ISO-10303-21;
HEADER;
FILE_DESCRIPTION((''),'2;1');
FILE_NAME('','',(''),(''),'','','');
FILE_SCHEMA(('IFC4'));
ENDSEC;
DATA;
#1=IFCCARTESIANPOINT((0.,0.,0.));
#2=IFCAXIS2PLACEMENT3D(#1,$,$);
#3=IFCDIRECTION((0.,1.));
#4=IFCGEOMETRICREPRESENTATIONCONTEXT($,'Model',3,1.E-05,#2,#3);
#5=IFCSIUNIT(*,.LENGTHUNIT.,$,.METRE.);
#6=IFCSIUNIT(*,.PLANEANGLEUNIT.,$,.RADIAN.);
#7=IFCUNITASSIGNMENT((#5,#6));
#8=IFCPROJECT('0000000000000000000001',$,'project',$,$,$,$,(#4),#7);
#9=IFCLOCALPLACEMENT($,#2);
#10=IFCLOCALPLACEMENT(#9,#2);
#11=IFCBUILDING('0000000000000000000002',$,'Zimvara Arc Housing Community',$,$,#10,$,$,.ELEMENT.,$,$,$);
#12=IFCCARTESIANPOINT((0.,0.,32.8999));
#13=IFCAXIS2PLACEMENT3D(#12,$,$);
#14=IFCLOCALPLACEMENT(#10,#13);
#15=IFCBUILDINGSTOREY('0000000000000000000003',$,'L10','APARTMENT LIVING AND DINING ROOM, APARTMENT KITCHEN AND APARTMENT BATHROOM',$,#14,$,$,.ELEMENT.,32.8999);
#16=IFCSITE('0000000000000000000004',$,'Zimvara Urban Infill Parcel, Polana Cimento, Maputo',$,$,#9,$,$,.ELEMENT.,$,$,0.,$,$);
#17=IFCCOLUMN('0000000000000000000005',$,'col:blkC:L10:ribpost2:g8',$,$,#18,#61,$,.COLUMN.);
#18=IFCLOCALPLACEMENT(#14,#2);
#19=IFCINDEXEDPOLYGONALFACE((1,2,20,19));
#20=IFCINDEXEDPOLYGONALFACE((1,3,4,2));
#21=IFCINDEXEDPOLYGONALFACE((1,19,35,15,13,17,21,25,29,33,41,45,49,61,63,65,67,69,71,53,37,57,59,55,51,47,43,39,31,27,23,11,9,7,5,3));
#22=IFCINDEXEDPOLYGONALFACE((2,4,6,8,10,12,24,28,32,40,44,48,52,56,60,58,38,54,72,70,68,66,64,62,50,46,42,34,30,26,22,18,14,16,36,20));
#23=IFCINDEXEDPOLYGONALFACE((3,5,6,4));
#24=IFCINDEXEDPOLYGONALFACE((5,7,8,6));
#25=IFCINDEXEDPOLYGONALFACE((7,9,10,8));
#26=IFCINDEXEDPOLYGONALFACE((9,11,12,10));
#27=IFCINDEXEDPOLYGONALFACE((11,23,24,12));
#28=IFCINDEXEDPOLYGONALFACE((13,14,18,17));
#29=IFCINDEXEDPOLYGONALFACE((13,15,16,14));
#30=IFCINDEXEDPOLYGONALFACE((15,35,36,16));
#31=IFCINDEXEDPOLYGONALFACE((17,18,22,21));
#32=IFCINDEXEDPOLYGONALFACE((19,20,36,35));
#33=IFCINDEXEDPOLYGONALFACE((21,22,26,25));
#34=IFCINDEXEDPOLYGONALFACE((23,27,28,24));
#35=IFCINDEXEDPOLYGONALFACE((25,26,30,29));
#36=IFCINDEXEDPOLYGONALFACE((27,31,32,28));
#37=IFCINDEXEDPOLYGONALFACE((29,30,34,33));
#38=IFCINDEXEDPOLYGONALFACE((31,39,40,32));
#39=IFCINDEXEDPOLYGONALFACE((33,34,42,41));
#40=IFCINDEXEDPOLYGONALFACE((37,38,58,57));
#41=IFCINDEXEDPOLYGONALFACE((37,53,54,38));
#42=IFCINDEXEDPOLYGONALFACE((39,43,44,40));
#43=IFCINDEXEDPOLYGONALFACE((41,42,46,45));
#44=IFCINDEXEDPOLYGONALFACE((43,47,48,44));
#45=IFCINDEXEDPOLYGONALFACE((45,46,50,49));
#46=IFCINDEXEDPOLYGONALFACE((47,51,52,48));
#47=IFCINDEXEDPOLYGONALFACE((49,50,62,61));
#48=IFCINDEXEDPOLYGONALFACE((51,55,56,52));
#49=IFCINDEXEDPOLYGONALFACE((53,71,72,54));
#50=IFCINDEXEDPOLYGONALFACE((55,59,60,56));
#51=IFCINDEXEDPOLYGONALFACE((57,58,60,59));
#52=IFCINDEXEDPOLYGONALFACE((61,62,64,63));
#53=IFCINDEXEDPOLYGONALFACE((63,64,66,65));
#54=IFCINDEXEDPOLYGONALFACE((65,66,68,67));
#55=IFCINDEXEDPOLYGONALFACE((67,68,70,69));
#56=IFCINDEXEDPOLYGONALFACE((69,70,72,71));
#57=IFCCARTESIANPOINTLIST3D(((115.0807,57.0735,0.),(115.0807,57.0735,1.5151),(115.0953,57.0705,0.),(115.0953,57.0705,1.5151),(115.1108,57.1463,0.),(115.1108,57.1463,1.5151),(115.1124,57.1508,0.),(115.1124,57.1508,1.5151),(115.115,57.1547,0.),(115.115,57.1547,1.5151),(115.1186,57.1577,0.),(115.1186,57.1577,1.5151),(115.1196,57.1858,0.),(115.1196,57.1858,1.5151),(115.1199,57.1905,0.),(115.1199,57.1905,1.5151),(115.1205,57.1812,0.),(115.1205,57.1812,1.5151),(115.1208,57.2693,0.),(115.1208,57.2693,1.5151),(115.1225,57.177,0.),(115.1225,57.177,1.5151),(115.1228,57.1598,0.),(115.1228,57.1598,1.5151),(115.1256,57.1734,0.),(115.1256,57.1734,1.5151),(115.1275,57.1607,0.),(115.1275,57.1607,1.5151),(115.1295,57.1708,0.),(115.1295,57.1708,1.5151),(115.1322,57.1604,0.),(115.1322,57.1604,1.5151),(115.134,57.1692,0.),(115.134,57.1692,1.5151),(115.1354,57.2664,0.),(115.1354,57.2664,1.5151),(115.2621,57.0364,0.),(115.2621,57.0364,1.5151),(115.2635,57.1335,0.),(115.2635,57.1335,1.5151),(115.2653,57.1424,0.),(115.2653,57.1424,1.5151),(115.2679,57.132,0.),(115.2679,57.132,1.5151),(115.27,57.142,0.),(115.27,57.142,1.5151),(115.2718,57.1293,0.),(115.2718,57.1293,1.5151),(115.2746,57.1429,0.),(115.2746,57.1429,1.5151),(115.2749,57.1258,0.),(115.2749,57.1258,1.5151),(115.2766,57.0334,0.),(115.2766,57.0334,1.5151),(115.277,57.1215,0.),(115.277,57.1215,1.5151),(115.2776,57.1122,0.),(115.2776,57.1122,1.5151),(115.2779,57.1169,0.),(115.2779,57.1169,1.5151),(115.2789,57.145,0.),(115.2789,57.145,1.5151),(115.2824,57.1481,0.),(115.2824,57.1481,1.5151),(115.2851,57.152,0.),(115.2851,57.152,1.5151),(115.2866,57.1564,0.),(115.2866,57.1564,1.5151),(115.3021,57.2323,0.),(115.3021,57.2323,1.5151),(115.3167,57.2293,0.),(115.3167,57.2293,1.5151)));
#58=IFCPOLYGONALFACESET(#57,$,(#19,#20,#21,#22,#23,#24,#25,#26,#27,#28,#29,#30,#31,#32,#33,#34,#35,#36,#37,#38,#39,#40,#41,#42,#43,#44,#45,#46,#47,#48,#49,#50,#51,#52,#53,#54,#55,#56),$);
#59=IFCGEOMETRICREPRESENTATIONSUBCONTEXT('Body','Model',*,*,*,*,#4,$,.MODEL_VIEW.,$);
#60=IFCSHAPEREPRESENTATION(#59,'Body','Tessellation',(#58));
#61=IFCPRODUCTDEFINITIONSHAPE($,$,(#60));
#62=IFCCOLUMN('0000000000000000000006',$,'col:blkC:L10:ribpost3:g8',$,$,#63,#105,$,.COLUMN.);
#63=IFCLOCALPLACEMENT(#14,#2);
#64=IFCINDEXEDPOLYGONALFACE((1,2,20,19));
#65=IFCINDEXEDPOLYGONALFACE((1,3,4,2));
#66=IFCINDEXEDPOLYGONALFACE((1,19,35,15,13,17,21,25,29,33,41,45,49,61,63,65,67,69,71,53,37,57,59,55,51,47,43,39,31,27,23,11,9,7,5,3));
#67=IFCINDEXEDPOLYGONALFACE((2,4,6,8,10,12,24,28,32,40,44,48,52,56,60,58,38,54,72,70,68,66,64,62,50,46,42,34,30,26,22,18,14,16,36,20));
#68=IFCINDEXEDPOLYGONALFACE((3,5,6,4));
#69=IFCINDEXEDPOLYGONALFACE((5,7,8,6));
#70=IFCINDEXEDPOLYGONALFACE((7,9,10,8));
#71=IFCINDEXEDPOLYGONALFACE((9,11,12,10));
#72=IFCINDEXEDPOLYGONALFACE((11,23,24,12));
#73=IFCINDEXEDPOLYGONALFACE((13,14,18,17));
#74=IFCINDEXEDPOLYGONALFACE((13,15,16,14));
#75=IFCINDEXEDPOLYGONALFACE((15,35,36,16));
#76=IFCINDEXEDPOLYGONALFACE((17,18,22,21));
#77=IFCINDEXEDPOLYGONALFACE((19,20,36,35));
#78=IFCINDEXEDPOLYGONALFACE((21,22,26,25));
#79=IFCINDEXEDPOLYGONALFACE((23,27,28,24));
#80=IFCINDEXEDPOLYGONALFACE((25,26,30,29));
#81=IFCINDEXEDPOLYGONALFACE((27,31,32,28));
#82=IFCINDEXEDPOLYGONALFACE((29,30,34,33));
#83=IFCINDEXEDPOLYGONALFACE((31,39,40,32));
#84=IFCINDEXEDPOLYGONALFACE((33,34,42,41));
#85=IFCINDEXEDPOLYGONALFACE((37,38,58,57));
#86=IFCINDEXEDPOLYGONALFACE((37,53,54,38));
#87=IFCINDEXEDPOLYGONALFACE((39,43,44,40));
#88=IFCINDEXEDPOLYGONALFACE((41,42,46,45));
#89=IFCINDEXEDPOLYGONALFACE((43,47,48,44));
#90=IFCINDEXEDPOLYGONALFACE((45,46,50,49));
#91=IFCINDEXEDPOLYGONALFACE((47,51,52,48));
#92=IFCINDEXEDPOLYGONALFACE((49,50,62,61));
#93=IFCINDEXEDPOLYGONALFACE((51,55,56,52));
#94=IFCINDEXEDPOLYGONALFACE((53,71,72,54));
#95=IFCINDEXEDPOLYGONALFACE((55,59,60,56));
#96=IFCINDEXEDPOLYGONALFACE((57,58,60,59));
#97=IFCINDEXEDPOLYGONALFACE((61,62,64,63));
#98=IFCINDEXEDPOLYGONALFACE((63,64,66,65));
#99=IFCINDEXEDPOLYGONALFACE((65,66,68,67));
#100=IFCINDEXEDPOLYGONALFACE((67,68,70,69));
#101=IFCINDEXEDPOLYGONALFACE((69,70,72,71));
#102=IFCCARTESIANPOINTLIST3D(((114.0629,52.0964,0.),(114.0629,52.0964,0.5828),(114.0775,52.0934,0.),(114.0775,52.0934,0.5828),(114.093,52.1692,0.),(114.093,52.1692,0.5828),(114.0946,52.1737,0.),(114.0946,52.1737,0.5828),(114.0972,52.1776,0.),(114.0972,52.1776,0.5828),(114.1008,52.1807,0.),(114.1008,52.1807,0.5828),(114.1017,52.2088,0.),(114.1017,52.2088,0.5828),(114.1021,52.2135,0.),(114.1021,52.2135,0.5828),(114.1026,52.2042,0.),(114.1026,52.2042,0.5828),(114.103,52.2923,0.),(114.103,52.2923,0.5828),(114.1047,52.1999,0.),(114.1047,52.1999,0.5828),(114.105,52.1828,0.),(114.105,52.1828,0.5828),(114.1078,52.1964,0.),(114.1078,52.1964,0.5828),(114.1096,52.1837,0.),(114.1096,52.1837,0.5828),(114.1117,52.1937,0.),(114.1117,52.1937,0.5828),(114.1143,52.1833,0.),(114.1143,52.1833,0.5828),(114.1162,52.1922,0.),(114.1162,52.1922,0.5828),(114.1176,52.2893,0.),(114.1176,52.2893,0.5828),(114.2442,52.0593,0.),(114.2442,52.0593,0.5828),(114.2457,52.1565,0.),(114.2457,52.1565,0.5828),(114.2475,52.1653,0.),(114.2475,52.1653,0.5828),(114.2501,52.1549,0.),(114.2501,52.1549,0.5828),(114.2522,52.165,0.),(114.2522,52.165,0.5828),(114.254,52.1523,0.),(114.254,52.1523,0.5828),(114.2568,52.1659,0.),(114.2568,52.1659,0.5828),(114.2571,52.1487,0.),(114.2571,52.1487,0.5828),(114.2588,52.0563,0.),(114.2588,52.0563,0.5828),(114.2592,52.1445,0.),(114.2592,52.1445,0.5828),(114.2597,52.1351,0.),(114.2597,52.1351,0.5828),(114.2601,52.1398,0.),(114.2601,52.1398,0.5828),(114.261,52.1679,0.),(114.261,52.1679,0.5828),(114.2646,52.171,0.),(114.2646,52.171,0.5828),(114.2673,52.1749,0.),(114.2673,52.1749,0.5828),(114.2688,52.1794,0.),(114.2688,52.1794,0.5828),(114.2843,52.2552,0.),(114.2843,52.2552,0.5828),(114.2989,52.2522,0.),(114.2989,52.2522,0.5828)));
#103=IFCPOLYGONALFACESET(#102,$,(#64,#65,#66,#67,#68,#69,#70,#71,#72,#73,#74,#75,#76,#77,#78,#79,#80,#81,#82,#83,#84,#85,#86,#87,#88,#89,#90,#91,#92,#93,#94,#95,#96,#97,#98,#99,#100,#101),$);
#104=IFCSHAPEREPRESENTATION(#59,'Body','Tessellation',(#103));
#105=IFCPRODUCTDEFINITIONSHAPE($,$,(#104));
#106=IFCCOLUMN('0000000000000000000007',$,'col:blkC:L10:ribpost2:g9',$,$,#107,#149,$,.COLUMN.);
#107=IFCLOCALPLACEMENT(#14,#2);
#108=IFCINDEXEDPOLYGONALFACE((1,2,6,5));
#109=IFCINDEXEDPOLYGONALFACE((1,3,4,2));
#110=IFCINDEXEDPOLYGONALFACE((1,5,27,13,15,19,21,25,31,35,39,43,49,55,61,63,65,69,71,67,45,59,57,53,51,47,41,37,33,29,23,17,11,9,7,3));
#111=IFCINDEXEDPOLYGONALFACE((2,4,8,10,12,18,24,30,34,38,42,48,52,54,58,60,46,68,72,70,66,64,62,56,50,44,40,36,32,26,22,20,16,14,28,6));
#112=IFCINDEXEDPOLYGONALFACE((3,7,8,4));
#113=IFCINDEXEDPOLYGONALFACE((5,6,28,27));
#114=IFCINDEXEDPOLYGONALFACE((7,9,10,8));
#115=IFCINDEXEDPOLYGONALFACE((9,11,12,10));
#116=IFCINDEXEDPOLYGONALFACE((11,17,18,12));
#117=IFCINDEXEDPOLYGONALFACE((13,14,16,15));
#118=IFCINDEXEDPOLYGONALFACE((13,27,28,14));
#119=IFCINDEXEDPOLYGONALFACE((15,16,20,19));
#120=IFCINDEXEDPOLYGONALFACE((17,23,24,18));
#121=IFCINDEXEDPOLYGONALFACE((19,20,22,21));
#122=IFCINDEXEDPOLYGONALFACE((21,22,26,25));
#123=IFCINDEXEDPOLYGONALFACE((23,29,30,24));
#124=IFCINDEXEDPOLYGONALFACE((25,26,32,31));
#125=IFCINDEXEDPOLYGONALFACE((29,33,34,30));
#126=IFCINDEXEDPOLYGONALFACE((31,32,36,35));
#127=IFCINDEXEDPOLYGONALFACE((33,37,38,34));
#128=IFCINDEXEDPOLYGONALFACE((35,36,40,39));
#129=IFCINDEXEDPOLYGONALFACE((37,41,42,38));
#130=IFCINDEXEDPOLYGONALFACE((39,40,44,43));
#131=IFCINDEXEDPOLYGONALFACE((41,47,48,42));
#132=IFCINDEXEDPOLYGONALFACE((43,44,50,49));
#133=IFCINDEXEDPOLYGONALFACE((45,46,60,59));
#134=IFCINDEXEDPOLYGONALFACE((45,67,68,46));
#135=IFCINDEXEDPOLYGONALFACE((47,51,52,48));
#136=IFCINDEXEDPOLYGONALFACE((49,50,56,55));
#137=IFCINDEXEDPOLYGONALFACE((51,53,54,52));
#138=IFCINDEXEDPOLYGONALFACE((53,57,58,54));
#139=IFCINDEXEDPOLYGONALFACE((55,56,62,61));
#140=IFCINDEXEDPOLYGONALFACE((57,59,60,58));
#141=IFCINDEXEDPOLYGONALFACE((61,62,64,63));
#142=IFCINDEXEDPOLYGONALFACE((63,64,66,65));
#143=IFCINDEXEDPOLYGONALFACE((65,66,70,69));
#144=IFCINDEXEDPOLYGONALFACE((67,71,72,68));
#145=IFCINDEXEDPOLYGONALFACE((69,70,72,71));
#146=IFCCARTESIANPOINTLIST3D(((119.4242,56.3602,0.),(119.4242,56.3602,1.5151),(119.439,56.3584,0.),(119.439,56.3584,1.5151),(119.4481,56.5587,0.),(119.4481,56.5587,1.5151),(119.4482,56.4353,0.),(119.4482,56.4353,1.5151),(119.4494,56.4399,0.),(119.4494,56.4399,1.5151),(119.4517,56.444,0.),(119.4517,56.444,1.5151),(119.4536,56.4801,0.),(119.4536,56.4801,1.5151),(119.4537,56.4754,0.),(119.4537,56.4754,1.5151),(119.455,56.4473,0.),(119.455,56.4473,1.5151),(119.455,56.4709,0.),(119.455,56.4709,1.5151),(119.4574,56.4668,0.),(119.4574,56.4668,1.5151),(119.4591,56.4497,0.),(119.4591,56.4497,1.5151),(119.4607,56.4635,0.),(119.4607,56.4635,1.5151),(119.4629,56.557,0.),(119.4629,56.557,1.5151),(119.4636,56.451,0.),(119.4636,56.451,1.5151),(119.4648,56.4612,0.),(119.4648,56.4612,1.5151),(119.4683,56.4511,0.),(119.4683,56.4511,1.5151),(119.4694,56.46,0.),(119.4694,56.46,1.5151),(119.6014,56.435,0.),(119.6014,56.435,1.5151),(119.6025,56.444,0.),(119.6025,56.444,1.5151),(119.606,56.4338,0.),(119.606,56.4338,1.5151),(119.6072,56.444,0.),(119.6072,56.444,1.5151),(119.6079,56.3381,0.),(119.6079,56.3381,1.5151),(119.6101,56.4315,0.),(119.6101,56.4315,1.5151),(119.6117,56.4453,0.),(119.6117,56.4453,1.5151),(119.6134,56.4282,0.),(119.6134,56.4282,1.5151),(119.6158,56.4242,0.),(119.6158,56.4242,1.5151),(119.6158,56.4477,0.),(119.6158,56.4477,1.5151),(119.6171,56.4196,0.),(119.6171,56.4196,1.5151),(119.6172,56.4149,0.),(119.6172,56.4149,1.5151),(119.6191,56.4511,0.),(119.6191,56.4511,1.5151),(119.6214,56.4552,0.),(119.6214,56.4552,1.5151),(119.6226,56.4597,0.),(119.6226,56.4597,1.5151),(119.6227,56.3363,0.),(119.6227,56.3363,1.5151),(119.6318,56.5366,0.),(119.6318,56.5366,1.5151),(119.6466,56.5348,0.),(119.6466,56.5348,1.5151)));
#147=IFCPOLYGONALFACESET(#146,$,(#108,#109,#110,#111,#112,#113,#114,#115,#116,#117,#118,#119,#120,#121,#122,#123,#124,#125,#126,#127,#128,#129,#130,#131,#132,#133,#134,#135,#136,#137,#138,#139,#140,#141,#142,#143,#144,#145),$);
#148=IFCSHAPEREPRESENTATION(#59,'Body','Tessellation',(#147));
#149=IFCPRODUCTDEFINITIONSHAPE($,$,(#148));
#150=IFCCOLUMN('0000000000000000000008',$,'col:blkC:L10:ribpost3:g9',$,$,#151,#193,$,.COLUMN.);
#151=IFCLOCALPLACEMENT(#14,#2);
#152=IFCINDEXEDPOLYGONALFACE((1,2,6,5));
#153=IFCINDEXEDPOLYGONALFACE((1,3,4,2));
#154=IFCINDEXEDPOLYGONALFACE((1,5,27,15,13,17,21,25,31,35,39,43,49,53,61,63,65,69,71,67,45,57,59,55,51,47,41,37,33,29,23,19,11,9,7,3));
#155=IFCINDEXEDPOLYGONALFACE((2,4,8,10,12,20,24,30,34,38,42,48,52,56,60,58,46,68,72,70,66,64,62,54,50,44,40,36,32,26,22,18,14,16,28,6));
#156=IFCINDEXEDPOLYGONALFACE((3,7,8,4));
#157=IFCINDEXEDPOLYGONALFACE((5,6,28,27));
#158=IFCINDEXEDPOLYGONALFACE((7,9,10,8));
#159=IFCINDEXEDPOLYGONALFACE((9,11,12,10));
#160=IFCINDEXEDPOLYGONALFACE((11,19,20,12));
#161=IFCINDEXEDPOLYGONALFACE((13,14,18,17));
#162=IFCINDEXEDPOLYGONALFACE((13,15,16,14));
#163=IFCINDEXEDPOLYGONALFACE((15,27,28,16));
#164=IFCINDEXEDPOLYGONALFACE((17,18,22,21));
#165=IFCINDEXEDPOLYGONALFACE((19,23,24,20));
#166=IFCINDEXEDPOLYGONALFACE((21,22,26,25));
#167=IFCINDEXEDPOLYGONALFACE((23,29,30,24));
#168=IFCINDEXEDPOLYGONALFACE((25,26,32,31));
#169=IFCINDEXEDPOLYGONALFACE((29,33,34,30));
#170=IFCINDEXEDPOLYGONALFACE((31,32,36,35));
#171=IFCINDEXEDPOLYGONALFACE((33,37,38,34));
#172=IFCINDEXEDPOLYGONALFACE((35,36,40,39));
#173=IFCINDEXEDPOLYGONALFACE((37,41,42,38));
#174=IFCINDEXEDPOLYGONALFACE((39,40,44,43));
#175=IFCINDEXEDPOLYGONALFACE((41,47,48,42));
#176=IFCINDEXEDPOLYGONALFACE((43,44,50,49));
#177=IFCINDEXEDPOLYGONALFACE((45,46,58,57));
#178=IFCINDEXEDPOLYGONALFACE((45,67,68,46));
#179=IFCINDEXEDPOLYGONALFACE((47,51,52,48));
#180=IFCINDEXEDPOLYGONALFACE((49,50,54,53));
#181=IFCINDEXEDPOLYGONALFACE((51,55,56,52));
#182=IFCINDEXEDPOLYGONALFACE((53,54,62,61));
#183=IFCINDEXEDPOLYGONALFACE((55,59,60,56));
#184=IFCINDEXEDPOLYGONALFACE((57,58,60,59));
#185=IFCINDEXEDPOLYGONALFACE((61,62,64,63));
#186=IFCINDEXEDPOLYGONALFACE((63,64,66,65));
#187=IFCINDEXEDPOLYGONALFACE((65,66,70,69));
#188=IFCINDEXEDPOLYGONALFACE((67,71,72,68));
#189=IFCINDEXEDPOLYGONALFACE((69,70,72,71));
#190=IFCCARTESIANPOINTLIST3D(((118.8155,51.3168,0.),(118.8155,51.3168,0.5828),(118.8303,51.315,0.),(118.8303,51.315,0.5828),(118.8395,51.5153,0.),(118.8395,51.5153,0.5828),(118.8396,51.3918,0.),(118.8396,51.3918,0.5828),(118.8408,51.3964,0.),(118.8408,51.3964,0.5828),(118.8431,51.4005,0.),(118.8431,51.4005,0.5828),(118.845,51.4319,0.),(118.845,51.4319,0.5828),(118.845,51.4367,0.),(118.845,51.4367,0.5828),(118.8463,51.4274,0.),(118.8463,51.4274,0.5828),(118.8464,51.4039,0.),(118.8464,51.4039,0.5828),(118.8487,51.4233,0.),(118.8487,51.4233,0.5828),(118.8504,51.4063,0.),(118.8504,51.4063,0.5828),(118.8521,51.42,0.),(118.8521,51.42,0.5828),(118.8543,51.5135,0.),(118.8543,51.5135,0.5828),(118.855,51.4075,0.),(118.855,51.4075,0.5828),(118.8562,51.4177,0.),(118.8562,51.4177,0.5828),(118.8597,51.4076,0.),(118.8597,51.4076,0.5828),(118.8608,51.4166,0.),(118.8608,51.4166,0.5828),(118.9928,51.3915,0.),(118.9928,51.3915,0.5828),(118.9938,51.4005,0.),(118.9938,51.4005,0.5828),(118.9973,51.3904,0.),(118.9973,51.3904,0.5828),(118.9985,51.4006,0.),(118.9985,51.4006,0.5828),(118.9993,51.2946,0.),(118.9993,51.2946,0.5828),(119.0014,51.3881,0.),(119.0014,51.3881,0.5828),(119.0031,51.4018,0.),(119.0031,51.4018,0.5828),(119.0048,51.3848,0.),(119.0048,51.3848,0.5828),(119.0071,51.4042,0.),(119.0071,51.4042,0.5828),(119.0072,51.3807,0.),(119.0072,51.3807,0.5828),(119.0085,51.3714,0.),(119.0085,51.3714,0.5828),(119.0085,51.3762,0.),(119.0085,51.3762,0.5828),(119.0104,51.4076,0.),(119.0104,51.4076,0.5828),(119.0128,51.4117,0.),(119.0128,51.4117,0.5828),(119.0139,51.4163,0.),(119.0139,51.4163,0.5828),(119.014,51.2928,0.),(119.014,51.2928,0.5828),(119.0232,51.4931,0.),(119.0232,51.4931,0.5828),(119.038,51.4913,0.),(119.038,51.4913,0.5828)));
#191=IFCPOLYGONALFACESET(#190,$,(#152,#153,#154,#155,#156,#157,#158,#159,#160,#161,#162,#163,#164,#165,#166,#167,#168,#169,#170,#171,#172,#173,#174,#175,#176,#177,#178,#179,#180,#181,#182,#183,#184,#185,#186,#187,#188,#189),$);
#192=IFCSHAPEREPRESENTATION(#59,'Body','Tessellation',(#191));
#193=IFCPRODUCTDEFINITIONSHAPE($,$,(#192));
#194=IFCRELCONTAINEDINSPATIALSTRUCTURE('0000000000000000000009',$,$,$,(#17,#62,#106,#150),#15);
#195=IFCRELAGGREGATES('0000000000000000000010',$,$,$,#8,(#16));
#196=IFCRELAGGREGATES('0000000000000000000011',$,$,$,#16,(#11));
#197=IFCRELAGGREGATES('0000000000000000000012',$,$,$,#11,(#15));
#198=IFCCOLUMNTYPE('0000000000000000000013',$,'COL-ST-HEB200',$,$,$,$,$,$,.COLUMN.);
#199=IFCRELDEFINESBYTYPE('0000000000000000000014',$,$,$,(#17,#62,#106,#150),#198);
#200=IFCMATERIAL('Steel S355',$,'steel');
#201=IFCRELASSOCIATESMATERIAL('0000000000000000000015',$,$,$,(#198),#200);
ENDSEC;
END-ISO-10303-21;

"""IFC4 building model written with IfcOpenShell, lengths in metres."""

from ifc_helpers import new_model, si_unit, direction, frame, origin, origin_2d, place, context, subcontext, project, spatial, i_section, extrude, material, material_profile, profile_set, type_object, element, save


model = new_model("IFC4")

# Units and contexts
model_context = context("Model", 3, precision=1e-05, world=origin(), true_north=direction((0.0, 1.0)))
body_context = subcontext(model_context, "Body", "Model", "MODEL_VIEW")
ifc_project = project(units=[si_unit("LENGTHUNIT", "METRE"), si_unit("PLANEANGLEUNIT", "RADIAN")], contexts=[model_context])

# Site, building, storey
site_placement = place(None, origin())
site = spatial("IfcSite", under=ifc_project, at=site_placement, Name="Zimvara Urban Infill Parcel, Polana Cimento, Maputo", CompositionType="ELEMENT", RefElevation=0.0)
building_placement = place(site_placement, origin())
building = spatial("IfcBuilding", under=site, at=building_placement, Name="Zimvara Arc Housing Community", CompositionType="ELEMENT")
storey_placement = place(building_placement, frame((0.0, 0.0, 32.8999)))
storey = spatial("IfcBuildingStorey", under=building, at=storey_placement, Name="L10", Description="APARTMENT LIVING AND DINING ROOM, APARTMENT KITCHEN AND APARTMENT BATHROOM", CompositionType="ELEMENT", Elevation=32.8999)

# Columns
ifc_material_1 = material(Name="Steel S355", Category="steel")
ifc_material_profile_1 = material_profile(ifc_material_1, i_section(OverallWidth=0.2, OverallDepth=0.2, WebThickness=0.009, FlangeThickness=0.0149, FilletRadius=0.0181, at=origin_2d()), Name="HEB 200")
ifc_profile_set_1 = profile_set([ifc_material_profile_1], Name="Steel S355")
column_type = type_object("IfcColumnType", Name="COL-ST-HEB200", PredefinedType="COLUMN", material=ifc_profile_set_1)
column_1_placement = place(storey_placement, frame((115.1987, 57.1514, 0.0), z_axis=(0.0, 0.0, 1.0), x_axis=(-0.200394, -0.979715, 0.0)))
element("IfcColumn", 1, at=column_1_placement, inside=storey, type_object=column_type, Name="col:blkC:L10:ribpost2:g8", PredefinedType="COLUMN", context=body_context, shape_type="SweptSolid", body=[
    extrude(i_section(OverallWidth=0.2, OverallDepth=0.2, WebThickness=0.009, FlangeThickness=0.0149, FilletRadius=0.0181, at=origin_2d()), origin(), (0.0, 0.0, 1.0), 1.5151),
])
column_2_placement = place(storey_placement, frame((114.1809, 52.1743, 0.0), z_axis=(0.0, 0.0, 1.0), x_axis=(-0.200394, -0.979715, 0.0)))
element("IfcColumn", 2, at=column_2_placement, inside=storey, type_object=column_type, Name="col:blkC:L10:ribpost3:g8", PredefinedType="COLUMN", context=body_context, shape_type="SweptSolid", body=[
    extrude(i_section(OverallWidth=0.2, OverallDepth=0.2, WebThickness=0.009, FlangeThickness=0.0149, FilletRadius=0.0181, at=origin_2d()), origin(), (0.0, 0.0, 1.0), 0.5828),
])
column_3_placement = place(storey_placement, frame((119.5354, 56.4475, 0.0), z_axis=(0.0, 0.0, 1.0), x_axis=(-0.11979, -0.992799, 0.0)))
element("IfcColumn", 3, at=column_3_placement, inside=storey, type_object=column_type, Name="col:blkC:L10:ribpost2:g9", PredefinedType="COLUMN", context=body_context, shape_type="SweptSolid", body=[
    extrude(i_section(OverallWidth=0.2, OverallDepth=0.2, WebThickness=0.009, FlangeThickness=0.0149, FilletRadius=0.0181, at=origin_2d()), origin(), (0.0, 0.0, 1.0), 1.5151),
])
for number, where, z_axis, x_axis, name in (
    (4, (118.9268, 51.4041, 0.0), (0.0, 0.0, 1.0), (-0.11979, -0.992799, 0.0), "col:blkC:L10:ribpost3:g9"),
):
    element("IfcColumn", number, at=place(storey_placement, frame(where, z_axis=z_axis, x_axis=x_axis)), inside=storey, type_object=column_type, Name=name, PredefinedType="COLUMN", context=body_context, shape_type="SweptSolid", body=[
        extrude(i_section(OverallWidth=0.2, OverallDepth=0.2, WebThickness=0.009, FlangeThickness=0.0149, FilletRadius=0.0181, at=origin_2d()), origin(), (0.0, 0.0, 1.0), 0.5828),
    ])

save(model, "model.ifc")
